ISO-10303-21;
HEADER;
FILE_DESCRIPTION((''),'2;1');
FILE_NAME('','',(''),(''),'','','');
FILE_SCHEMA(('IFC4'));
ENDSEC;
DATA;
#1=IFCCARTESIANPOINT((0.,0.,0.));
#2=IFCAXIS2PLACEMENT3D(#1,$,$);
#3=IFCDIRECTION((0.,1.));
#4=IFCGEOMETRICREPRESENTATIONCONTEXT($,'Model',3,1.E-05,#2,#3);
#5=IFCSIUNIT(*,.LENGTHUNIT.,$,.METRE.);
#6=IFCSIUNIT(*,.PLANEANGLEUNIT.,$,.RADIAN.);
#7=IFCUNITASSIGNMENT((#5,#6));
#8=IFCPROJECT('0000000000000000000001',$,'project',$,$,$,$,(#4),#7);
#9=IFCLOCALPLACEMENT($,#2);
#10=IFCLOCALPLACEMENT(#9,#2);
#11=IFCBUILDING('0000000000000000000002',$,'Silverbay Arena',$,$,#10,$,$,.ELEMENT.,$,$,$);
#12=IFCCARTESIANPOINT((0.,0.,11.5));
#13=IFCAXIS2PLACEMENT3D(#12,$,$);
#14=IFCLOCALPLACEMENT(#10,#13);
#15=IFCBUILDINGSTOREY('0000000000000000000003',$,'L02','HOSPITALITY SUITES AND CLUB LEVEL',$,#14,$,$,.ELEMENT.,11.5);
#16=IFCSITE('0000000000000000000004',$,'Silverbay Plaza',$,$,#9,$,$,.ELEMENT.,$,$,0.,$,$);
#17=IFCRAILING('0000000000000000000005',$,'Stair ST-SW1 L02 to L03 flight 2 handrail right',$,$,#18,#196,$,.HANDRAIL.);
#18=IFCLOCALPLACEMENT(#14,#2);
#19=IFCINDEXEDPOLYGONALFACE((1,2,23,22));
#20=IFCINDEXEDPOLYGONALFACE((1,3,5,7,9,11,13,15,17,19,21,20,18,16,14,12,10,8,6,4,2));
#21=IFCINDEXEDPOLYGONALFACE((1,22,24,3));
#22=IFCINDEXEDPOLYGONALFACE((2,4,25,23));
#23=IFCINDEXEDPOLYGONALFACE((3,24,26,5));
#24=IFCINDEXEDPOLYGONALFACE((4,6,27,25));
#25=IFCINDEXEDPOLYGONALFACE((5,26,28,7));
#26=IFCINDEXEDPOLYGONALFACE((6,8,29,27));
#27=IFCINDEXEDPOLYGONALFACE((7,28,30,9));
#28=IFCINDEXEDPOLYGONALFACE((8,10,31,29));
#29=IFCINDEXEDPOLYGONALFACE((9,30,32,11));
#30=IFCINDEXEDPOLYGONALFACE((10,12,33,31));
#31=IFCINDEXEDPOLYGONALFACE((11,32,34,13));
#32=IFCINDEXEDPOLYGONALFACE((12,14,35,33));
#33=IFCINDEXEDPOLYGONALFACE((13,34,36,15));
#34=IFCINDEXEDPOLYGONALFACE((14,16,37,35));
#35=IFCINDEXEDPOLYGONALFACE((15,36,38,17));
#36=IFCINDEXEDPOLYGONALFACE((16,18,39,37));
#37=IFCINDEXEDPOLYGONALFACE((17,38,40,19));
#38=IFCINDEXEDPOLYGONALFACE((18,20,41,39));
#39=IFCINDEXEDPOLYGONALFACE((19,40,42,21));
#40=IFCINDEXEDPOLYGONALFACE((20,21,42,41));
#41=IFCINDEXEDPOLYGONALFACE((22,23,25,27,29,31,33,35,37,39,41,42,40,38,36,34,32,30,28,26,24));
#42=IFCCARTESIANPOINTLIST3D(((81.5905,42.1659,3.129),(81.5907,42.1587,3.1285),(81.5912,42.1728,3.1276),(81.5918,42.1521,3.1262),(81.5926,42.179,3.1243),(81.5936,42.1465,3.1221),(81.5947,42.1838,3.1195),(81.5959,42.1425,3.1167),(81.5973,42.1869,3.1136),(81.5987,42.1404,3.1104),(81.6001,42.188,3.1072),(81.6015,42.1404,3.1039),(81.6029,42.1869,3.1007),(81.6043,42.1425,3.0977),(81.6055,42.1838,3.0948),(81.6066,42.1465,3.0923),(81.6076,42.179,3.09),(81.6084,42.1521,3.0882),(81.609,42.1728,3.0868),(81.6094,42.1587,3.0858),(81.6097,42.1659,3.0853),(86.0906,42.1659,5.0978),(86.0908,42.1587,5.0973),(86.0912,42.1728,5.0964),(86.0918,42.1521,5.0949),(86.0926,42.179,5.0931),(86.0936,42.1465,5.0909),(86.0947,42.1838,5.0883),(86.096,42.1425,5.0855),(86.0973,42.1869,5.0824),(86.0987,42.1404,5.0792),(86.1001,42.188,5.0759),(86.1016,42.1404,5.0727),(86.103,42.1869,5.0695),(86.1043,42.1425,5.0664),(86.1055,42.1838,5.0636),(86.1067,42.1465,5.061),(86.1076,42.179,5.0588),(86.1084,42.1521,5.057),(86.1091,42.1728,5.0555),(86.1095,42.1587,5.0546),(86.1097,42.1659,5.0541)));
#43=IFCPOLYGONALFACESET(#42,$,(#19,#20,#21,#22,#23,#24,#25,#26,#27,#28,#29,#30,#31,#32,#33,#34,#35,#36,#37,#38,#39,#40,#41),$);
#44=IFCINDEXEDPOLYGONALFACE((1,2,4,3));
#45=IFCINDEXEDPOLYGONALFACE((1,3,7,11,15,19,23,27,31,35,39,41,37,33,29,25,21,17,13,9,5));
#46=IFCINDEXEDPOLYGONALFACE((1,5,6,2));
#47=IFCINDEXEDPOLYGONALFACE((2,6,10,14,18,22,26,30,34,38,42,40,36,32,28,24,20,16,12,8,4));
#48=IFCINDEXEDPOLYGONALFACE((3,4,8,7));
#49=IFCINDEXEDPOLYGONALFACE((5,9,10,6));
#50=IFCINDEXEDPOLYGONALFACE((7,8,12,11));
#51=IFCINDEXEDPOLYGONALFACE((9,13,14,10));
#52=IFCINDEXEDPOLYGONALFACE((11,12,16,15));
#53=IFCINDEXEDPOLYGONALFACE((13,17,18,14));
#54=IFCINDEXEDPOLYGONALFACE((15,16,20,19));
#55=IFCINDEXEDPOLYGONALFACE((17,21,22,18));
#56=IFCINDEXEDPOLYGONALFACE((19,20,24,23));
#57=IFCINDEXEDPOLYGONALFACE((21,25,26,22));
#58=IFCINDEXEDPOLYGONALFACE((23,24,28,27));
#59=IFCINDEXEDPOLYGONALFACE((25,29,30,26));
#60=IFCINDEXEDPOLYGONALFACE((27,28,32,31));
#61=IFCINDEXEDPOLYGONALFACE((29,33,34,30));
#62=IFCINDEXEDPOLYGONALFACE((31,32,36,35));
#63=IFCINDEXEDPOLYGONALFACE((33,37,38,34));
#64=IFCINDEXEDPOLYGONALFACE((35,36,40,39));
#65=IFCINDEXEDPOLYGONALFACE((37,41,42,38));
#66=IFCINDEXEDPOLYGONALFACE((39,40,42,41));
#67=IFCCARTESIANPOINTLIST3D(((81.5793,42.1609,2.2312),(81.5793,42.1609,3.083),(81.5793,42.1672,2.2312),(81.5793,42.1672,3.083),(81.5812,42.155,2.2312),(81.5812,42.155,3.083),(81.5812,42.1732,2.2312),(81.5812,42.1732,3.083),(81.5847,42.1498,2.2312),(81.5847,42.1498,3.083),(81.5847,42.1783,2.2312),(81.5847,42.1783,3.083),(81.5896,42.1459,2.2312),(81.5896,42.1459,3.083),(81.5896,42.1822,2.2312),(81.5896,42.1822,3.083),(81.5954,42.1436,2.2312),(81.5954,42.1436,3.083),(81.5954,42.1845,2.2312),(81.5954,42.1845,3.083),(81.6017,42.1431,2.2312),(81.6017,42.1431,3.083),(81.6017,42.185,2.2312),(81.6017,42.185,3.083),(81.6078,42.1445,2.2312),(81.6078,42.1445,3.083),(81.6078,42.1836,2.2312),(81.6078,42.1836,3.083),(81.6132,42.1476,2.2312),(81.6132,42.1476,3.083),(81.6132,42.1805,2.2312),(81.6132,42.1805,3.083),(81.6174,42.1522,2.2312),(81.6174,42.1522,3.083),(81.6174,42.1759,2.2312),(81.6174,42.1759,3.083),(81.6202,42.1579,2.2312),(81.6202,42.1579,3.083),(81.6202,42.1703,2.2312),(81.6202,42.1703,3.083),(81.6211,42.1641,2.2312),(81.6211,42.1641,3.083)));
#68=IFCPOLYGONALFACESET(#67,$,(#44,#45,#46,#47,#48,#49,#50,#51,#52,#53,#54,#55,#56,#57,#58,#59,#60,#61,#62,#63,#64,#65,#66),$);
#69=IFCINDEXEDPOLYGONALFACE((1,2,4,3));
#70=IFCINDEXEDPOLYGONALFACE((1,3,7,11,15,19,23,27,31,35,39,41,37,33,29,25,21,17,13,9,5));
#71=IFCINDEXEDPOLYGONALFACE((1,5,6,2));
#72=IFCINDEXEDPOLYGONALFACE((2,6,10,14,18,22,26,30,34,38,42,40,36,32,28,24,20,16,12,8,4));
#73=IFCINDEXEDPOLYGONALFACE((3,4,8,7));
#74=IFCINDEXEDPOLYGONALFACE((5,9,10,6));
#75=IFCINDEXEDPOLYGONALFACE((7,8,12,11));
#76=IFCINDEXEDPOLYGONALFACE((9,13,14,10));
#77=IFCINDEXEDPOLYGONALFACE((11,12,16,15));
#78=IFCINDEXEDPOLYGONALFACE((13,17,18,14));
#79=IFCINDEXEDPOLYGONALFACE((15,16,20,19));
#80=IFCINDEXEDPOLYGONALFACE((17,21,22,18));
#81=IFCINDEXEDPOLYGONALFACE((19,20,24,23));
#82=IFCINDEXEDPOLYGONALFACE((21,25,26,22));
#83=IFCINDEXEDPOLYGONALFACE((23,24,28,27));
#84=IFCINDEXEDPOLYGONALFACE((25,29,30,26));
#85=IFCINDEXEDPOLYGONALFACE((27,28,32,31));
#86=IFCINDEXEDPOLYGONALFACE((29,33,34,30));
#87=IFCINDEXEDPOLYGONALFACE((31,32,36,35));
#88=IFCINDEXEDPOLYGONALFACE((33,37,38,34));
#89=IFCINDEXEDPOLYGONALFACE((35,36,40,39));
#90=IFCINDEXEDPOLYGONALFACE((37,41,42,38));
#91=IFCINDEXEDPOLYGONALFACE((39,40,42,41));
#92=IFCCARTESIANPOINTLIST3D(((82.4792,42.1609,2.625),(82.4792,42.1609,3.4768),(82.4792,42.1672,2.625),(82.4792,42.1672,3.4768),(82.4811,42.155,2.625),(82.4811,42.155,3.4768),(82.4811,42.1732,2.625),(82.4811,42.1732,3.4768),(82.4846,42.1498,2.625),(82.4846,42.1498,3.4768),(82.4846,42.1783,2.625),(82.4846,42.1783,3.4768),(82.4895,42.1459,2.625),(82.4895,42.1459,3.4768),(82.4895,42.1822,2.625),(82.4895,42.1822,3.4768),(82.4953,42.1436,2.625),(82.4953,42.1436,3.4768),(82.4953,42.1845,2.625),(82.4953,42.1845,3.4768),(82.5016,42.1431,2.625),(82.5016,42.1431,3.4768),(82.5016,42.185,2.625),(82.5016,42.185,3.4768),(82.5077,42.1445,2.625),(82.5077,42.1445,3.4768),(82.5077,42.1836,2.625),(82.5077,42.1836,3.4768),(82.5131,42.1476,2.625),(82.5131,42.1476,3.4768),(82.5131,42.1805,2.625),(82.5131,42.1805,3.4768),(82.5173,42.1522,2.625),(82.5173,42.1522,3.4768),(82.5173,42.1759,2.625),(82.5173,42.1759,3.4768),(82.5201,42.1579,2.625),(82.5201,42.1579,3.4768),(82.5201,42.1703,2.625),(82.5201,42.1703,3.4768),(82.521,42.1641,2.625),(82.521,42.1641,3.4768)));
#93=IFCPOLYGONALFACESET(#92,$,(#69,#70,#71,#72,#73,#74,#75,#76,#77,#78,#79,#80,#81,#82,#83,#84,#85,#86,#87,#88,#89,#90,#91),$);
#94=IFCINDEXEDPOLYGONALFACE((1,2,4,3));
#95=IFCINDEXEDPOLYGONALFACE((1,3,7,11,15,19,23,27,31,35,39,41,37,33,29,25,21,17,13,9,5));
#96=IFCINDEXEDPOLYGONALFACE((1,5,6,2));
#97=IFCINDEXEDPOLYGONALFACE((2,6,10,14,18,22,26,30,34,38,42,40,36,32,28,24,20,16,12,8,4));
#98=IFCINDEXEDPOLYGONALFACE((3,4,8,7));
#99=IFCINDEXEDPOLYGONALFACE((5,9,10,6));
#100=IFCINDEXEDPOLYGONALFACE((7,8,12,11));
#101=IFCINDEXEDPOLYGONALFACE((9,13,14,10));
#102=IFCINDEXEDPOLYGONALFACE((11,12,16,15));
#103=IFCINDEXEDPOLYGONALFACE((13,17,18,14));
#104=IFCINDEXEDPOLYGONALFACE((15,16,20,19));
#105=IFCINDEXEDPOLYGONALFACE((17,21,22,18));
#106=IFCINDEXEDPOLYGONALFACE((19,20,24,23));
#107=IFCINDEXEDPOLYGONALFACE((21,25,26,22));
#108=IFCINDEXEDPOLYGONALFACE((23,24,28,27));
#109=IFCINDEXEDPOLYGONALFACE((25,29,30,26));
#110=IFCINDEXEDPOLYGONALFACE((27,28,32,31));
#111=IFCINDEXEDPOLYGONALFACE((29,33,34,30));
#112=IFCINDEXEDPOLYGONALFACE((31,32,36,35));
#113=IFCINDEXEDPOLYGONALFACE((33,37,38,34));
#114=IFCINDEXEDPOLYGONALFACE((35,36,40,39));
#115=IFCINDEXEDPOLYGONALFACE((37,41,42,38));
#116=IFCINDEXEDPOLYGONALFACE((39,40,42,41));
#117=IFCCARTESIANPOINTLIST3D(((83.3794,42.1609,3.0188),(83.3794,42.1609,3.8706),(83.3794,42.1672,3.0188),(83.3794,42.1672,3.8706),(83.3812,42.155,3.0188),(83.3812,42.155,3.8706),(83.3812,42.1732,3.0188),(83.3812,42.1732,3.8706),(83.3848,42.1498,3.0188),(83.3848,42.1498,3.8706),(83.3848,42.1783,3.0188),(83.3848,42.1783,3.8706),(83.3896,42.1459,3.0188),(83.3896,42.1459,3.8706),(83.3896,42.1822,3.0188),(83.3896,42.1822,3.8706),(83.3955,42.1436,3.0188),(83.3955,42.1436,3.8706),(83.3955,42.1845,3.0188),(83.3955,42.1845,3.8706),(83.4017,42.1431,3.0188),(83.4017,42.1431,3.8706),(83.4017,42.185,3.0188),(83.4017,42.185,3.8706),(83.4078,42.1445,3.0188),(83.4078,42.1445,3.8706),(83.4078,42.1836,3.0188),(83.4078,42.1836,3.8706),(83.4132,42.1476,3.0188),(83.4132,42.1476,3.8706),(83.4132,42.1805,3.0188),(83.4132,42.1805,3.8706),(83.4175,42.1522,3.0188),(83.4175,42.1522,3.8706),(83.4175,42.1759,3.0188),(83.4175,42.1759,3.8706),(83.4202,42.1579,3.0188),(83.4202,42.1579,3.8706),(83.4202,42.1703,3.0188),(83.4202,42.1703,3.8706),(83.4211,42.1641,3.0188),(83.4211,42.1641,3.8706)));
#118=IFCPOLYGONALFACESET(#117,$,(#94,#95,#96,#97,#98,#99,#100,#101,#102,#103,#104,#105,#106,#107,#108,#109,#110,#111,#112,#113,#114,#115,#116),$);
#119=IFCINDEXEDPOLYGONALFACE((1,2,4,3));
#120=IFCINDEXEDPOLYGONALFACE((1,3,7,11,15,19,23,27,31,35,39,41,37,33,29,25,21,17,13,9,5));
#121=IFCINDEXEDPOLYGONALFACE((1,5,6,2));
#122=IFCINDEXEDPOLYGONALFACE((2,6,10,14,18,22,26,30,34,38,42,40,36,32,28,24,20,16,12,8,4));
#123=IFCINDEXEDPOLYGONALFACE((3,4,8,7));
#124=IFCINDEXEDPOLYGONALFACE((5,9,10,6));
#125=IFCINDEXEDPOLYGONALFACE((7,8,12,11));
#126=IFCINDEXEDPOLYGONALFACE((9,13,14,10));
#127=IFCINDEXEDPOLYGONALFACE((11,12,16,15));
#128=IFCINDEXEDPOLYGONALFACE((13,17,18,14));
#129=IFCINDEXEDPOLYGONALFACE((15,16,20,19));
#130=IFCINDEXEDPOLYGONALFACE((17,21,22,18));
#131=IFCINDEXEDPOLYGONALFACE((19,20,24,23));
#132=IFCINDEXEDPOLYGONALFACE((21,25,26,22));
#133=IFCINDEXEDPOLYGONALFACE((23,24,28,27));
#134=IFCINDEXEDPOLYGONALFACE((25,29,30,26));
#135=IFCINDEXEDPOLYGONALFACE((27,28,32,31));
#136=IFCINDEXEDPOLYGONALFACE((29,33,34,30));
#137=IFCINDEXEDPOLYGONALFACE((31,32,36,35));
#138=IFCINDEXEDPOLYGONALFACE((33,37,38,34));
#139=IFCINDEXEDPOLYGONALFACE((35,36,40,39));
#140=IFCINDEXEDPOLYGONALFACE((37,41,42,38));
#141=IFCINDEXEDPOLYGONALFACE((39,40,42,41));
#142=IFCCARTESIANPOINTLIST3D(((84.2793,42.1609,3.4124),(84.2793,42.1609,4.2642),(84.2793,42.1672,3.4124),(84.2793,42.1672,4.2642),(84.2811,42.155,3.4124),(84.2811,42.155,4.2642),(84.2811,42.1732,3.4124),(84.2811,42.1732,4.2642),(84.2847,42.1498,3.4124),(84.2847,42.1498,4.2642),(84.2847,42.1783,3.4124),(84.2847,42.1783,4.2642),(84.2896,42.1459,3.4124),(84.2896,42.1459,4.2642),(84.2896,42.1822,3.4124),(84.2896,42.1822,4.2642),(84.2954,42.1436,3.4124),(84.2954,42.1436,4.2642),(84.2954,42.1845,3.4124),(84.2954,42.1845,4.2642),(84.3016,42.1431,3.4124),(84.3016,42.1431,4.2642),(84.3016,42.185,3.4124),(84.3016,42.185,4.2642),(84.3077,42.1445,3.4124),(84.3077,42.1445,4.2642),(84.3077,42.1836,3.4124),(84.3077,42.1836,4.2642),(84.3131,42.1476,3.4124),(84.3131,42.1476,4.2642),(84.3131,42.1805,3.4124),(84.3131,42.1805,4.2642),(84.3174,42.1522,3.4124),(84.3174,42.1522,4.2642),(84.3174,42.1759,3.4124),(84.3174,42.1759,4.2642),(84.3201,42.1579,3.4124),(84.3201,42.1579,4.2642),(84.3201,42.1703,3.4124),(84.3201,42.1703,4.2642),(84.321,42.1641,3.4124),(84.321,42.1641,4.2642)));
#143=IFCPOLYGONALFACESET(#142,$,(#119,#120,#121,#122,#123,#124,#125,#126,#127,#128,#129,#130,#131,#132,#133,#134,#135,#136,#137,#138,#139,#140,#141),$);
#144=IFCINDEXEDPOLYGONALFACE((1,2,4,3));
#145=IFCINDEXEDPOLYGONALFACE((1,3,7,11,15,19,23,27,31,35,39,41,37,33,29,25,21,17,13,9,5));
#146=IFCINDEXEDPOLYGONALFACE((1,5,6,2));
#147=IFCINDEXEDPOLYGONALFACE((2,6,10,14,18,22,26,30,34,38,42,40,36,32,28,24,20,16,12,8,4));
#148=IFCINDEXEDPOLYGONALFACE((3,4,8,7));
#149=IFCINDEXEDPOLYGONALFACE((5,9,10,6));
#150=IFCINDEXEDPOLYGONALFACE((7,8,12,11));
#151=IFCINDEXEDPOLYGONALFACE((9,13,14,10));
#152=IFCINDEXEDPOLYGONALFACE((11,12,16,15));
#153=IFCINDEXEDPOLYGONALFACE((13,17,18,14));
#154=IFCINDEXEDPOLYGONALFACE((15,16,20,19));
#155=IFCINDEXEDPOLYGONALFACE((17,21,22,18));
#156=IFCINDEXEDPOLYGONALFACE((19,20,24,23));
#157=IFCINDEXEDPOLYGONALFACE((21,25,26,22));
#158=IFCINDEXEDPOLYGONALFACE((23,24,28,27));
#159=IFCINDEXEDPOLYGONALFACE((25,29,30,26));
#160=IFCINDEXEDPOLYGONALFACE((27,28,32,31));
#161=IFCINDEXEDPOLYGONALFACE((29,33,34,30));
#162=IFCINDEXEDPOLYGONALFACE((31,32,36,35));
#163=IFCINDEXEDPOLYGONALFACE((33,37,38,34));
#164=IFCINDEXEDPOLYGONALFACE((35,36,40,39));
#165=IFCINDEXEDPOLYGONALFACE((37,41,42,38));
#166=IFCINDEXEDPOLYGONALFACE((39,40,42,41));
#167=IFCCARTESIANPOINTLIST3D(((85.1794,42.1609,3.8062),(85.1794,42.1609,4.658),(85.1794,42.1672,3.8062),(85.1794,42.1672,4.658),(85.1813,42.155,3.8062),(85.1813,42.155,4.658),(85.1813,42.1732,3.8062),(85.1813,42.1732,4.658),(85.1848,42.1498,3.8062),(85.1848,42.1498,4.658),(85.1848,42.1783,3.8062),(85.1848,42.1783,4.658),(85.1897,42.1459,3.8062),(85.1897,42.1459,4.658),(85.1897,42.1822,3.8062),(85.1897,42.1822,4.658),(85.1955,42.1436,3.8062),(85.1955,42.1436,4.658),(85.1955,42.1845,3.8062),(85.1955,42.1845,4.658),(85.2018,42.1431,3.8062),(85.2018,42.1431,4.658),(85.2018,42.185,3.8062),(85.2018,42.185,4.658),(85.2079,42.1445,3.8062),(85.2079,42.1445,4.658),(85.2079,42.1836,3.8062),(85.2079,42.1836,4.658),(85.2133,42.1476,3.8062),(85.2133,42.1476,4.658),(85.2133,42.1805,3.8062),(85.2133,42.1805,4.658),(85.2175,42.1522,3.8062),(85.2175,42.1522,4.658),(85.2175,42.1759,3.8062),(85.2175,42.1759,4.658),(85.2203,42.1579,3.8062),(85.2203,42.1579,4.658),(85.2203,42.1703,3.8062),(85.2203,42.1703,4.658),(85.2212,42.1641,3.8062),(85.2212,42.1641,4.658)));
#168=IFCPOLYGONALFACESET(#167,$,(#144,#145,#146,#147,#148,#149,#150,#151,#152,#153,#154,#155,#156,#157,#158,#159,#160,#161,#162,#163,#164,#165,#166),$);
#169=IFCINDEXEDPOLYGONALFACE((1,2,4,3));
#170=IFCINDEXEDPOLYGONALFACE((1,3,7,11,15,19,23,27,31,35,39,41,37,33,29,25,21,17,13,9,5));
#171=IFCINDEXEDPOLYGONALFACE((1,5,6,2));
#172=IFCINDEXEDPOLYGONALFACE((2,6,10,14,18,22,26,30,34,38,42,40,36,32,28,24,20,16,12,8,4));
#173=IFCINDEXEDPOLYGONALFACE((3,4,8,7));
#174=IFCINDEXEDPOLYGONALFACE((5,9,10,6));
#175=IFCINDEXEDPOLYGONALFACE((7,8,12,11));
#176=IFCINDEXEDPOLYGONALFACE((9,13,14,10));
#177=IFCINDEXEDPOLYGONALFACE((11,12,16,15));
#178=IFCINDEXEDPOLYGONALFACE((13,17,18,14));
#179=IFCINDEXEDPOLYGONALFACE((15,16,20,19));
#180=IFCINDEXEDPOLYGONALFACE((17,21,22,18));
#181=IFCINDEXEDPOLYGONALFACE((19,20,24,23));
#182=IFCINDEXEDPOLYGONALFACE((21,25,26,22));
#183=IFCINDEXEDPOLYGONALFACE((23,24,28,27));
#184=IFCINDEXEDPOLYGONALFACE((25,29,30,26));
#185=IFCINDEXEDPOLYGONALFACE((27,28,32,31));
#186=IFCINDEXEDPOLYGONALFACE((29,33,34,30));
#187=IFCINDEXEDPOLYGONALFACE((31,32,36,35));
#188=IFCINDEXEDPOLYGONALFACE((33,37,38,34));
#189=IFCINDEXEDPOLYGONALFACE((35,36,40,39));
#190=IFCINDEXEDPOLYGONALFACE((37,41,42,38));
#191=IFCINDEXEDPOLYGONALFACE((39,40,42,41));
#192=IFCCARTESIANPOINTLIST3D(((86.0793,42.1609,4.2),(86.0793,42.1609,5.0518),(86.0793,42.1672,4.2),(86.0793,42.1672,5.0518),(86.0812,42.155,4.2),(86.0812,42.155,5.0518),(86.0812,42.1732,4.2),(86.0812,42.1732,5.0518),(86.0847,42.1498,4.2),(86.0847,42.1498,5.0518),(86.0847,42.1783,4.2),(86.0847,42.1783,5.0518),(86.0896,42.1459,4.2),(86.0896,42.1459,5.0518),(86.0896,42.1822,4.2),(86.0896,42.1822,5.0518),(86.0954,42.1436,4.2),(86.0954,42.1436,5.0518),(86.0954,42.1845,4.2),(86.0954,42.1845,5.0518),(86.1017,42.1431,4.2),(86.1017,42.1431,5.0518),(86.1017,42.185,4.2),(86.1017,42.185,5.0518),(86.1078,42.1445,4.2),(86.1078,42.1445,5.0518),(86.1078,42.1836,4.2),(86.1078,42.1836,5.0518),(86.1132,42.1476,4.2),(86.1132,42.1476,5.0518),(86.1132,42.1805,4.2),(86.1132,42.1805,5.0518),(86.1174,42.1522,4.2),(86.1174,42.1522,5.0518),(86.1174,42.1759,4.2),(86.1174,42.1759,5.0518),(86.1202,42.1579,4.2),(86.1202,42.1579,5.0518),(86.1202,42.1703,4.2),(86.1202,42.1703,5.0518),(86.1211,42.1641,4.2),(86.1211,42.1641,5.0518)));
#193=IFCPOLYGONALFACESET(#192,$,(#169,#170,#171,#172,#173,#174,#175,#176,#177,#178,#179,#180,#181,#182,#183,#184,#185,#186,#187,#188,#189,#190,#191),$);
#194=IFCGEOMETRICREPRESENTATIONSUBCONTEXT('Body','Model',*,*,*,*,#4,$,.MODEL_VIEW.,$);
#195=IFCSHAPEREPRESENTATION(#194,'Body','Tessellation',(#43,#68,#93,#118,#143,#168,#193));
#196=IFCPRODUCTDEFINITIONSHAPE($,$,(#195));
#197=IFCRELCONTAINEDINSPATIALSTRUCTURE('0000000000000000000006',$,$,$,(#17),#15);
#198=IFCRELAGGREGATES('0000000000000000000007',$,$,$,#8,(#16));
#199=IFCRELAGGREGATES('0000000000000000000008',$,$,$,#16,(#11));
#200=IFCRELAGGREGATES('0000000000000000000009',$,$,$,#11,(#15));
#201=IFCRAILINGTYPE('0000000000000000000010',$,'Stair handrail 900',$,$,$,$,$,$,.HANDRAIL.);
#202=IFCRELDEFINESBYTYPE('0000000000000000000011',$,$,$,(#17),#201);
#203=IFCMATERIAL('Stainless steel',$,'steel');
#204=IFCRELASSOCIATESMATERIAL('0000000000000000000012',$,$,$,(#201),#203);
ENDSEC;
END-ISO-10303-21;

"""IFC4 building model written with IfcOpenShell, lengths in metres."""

from ifc_helpers import new_model, si_unit, direction, frame, origin, origin_2d, place, context, subcontext, project, spatial, circle, extrude, material, type_object, element, save


model = new_model("IFC4")

# Units and contexts
model_context = context("Model", 3, precision=1e-05, world=origin(), true_north=direction((0.0, 1.0)))
body_context = subcontext(model_context, "Body", "Model", "MODEL_VIEW")
ifc_project = project(units=[si_unit("LENGTHUNIT", "METRE"), si_unit("PLANEANGLEUNIT", "RADIAN")], contexts=[model_context])

# Site, building, storey
site_placement = place(None, origin())
site = spatial("IfcSite", under=ifc_project, at=site_placement, Name="Silverbay Plaza", CompositionType="ELEMENT", RefElevation=0.0)
building_placement = place(site_placement, origin())
building = spatial("IfcBuilding", under=site, at=building_placement, Name="Silverbay Arena", CompositionType="ELEMENT")
storey_placement = place(building_placement, frame((0.0, 0.0, 11.5)))
storey = spatial("IfcBuildingStorey", under=building, at=storey_placement, Name="L02", Description="HOSPITALITY SUITES AND CLUB LEVEL", CompositionType="ELEMENT", Elevation=11.5)

# Railing
ifc_material_1 = material(Name="Stainless steel", Category="steel")
railing_type_1 = type_object("IfcRailingType", Name="Stair handrail 900", PredefinedType="HANDRAIL", material=ifc_material_1)
for number, where, name in (
    (1, (81.6001, 42.1641, 2.2312), "Stair ST-SW1 L02 to L03 flight 2 handrail right"),
):
    element("IfcRailing", number, at=place(storey_placement, frame(where)), inside=storey, type_object=railing_type_1, Name=name, PredefinedType="HANDRAIL", context=body_context, shape_type="SweptSolid", body=[
        extrude(circle(Radius=0.0239, at=origin_2d()), frame((0.0, 0.0, 0.876), z_axis=(0.916157, 0.0, 0.400819), x_axis=(0.0, 1.0, 0.0)), (0.0, 0.0, 1.0), 4.9119),
        extrude(circle(Radius=0.021, at=origin_2d()), origin(), (0.0, 0.0, 1.0), 0.8518),
        extrude(circle(Radius=0.021, at=origin_2d()), frame((0.8999, 0.0, 0.3938)), (0.0, 0.0, 1.0), 0.8518),
        extrude(circle(Radius=0.021, at=origin_2d()), frame((1.8, 0.0, 0.7876)), (0.0, 0.0, 1.0), 0.8518),
        extrude(circle(Radius=0.021, at=origin_2d()), frame((2.7, 0.0, 1.1812)), (0.0, 0.0, 1.0), 0.8518),
        extrude(circle(Radius=0.021, at=origin_2d()), frame((3.6001, 0.0, 1.575)), (0.0, 0.0, 1.0), 0.8518),
        extrude(circle(Radius=0.021, at=origin_2d()), frame((4.5, 0.0, 1.9688)), (0.0, 0.0, 1.0), 0.8518),
    ])

save(model, "model.ifc")
